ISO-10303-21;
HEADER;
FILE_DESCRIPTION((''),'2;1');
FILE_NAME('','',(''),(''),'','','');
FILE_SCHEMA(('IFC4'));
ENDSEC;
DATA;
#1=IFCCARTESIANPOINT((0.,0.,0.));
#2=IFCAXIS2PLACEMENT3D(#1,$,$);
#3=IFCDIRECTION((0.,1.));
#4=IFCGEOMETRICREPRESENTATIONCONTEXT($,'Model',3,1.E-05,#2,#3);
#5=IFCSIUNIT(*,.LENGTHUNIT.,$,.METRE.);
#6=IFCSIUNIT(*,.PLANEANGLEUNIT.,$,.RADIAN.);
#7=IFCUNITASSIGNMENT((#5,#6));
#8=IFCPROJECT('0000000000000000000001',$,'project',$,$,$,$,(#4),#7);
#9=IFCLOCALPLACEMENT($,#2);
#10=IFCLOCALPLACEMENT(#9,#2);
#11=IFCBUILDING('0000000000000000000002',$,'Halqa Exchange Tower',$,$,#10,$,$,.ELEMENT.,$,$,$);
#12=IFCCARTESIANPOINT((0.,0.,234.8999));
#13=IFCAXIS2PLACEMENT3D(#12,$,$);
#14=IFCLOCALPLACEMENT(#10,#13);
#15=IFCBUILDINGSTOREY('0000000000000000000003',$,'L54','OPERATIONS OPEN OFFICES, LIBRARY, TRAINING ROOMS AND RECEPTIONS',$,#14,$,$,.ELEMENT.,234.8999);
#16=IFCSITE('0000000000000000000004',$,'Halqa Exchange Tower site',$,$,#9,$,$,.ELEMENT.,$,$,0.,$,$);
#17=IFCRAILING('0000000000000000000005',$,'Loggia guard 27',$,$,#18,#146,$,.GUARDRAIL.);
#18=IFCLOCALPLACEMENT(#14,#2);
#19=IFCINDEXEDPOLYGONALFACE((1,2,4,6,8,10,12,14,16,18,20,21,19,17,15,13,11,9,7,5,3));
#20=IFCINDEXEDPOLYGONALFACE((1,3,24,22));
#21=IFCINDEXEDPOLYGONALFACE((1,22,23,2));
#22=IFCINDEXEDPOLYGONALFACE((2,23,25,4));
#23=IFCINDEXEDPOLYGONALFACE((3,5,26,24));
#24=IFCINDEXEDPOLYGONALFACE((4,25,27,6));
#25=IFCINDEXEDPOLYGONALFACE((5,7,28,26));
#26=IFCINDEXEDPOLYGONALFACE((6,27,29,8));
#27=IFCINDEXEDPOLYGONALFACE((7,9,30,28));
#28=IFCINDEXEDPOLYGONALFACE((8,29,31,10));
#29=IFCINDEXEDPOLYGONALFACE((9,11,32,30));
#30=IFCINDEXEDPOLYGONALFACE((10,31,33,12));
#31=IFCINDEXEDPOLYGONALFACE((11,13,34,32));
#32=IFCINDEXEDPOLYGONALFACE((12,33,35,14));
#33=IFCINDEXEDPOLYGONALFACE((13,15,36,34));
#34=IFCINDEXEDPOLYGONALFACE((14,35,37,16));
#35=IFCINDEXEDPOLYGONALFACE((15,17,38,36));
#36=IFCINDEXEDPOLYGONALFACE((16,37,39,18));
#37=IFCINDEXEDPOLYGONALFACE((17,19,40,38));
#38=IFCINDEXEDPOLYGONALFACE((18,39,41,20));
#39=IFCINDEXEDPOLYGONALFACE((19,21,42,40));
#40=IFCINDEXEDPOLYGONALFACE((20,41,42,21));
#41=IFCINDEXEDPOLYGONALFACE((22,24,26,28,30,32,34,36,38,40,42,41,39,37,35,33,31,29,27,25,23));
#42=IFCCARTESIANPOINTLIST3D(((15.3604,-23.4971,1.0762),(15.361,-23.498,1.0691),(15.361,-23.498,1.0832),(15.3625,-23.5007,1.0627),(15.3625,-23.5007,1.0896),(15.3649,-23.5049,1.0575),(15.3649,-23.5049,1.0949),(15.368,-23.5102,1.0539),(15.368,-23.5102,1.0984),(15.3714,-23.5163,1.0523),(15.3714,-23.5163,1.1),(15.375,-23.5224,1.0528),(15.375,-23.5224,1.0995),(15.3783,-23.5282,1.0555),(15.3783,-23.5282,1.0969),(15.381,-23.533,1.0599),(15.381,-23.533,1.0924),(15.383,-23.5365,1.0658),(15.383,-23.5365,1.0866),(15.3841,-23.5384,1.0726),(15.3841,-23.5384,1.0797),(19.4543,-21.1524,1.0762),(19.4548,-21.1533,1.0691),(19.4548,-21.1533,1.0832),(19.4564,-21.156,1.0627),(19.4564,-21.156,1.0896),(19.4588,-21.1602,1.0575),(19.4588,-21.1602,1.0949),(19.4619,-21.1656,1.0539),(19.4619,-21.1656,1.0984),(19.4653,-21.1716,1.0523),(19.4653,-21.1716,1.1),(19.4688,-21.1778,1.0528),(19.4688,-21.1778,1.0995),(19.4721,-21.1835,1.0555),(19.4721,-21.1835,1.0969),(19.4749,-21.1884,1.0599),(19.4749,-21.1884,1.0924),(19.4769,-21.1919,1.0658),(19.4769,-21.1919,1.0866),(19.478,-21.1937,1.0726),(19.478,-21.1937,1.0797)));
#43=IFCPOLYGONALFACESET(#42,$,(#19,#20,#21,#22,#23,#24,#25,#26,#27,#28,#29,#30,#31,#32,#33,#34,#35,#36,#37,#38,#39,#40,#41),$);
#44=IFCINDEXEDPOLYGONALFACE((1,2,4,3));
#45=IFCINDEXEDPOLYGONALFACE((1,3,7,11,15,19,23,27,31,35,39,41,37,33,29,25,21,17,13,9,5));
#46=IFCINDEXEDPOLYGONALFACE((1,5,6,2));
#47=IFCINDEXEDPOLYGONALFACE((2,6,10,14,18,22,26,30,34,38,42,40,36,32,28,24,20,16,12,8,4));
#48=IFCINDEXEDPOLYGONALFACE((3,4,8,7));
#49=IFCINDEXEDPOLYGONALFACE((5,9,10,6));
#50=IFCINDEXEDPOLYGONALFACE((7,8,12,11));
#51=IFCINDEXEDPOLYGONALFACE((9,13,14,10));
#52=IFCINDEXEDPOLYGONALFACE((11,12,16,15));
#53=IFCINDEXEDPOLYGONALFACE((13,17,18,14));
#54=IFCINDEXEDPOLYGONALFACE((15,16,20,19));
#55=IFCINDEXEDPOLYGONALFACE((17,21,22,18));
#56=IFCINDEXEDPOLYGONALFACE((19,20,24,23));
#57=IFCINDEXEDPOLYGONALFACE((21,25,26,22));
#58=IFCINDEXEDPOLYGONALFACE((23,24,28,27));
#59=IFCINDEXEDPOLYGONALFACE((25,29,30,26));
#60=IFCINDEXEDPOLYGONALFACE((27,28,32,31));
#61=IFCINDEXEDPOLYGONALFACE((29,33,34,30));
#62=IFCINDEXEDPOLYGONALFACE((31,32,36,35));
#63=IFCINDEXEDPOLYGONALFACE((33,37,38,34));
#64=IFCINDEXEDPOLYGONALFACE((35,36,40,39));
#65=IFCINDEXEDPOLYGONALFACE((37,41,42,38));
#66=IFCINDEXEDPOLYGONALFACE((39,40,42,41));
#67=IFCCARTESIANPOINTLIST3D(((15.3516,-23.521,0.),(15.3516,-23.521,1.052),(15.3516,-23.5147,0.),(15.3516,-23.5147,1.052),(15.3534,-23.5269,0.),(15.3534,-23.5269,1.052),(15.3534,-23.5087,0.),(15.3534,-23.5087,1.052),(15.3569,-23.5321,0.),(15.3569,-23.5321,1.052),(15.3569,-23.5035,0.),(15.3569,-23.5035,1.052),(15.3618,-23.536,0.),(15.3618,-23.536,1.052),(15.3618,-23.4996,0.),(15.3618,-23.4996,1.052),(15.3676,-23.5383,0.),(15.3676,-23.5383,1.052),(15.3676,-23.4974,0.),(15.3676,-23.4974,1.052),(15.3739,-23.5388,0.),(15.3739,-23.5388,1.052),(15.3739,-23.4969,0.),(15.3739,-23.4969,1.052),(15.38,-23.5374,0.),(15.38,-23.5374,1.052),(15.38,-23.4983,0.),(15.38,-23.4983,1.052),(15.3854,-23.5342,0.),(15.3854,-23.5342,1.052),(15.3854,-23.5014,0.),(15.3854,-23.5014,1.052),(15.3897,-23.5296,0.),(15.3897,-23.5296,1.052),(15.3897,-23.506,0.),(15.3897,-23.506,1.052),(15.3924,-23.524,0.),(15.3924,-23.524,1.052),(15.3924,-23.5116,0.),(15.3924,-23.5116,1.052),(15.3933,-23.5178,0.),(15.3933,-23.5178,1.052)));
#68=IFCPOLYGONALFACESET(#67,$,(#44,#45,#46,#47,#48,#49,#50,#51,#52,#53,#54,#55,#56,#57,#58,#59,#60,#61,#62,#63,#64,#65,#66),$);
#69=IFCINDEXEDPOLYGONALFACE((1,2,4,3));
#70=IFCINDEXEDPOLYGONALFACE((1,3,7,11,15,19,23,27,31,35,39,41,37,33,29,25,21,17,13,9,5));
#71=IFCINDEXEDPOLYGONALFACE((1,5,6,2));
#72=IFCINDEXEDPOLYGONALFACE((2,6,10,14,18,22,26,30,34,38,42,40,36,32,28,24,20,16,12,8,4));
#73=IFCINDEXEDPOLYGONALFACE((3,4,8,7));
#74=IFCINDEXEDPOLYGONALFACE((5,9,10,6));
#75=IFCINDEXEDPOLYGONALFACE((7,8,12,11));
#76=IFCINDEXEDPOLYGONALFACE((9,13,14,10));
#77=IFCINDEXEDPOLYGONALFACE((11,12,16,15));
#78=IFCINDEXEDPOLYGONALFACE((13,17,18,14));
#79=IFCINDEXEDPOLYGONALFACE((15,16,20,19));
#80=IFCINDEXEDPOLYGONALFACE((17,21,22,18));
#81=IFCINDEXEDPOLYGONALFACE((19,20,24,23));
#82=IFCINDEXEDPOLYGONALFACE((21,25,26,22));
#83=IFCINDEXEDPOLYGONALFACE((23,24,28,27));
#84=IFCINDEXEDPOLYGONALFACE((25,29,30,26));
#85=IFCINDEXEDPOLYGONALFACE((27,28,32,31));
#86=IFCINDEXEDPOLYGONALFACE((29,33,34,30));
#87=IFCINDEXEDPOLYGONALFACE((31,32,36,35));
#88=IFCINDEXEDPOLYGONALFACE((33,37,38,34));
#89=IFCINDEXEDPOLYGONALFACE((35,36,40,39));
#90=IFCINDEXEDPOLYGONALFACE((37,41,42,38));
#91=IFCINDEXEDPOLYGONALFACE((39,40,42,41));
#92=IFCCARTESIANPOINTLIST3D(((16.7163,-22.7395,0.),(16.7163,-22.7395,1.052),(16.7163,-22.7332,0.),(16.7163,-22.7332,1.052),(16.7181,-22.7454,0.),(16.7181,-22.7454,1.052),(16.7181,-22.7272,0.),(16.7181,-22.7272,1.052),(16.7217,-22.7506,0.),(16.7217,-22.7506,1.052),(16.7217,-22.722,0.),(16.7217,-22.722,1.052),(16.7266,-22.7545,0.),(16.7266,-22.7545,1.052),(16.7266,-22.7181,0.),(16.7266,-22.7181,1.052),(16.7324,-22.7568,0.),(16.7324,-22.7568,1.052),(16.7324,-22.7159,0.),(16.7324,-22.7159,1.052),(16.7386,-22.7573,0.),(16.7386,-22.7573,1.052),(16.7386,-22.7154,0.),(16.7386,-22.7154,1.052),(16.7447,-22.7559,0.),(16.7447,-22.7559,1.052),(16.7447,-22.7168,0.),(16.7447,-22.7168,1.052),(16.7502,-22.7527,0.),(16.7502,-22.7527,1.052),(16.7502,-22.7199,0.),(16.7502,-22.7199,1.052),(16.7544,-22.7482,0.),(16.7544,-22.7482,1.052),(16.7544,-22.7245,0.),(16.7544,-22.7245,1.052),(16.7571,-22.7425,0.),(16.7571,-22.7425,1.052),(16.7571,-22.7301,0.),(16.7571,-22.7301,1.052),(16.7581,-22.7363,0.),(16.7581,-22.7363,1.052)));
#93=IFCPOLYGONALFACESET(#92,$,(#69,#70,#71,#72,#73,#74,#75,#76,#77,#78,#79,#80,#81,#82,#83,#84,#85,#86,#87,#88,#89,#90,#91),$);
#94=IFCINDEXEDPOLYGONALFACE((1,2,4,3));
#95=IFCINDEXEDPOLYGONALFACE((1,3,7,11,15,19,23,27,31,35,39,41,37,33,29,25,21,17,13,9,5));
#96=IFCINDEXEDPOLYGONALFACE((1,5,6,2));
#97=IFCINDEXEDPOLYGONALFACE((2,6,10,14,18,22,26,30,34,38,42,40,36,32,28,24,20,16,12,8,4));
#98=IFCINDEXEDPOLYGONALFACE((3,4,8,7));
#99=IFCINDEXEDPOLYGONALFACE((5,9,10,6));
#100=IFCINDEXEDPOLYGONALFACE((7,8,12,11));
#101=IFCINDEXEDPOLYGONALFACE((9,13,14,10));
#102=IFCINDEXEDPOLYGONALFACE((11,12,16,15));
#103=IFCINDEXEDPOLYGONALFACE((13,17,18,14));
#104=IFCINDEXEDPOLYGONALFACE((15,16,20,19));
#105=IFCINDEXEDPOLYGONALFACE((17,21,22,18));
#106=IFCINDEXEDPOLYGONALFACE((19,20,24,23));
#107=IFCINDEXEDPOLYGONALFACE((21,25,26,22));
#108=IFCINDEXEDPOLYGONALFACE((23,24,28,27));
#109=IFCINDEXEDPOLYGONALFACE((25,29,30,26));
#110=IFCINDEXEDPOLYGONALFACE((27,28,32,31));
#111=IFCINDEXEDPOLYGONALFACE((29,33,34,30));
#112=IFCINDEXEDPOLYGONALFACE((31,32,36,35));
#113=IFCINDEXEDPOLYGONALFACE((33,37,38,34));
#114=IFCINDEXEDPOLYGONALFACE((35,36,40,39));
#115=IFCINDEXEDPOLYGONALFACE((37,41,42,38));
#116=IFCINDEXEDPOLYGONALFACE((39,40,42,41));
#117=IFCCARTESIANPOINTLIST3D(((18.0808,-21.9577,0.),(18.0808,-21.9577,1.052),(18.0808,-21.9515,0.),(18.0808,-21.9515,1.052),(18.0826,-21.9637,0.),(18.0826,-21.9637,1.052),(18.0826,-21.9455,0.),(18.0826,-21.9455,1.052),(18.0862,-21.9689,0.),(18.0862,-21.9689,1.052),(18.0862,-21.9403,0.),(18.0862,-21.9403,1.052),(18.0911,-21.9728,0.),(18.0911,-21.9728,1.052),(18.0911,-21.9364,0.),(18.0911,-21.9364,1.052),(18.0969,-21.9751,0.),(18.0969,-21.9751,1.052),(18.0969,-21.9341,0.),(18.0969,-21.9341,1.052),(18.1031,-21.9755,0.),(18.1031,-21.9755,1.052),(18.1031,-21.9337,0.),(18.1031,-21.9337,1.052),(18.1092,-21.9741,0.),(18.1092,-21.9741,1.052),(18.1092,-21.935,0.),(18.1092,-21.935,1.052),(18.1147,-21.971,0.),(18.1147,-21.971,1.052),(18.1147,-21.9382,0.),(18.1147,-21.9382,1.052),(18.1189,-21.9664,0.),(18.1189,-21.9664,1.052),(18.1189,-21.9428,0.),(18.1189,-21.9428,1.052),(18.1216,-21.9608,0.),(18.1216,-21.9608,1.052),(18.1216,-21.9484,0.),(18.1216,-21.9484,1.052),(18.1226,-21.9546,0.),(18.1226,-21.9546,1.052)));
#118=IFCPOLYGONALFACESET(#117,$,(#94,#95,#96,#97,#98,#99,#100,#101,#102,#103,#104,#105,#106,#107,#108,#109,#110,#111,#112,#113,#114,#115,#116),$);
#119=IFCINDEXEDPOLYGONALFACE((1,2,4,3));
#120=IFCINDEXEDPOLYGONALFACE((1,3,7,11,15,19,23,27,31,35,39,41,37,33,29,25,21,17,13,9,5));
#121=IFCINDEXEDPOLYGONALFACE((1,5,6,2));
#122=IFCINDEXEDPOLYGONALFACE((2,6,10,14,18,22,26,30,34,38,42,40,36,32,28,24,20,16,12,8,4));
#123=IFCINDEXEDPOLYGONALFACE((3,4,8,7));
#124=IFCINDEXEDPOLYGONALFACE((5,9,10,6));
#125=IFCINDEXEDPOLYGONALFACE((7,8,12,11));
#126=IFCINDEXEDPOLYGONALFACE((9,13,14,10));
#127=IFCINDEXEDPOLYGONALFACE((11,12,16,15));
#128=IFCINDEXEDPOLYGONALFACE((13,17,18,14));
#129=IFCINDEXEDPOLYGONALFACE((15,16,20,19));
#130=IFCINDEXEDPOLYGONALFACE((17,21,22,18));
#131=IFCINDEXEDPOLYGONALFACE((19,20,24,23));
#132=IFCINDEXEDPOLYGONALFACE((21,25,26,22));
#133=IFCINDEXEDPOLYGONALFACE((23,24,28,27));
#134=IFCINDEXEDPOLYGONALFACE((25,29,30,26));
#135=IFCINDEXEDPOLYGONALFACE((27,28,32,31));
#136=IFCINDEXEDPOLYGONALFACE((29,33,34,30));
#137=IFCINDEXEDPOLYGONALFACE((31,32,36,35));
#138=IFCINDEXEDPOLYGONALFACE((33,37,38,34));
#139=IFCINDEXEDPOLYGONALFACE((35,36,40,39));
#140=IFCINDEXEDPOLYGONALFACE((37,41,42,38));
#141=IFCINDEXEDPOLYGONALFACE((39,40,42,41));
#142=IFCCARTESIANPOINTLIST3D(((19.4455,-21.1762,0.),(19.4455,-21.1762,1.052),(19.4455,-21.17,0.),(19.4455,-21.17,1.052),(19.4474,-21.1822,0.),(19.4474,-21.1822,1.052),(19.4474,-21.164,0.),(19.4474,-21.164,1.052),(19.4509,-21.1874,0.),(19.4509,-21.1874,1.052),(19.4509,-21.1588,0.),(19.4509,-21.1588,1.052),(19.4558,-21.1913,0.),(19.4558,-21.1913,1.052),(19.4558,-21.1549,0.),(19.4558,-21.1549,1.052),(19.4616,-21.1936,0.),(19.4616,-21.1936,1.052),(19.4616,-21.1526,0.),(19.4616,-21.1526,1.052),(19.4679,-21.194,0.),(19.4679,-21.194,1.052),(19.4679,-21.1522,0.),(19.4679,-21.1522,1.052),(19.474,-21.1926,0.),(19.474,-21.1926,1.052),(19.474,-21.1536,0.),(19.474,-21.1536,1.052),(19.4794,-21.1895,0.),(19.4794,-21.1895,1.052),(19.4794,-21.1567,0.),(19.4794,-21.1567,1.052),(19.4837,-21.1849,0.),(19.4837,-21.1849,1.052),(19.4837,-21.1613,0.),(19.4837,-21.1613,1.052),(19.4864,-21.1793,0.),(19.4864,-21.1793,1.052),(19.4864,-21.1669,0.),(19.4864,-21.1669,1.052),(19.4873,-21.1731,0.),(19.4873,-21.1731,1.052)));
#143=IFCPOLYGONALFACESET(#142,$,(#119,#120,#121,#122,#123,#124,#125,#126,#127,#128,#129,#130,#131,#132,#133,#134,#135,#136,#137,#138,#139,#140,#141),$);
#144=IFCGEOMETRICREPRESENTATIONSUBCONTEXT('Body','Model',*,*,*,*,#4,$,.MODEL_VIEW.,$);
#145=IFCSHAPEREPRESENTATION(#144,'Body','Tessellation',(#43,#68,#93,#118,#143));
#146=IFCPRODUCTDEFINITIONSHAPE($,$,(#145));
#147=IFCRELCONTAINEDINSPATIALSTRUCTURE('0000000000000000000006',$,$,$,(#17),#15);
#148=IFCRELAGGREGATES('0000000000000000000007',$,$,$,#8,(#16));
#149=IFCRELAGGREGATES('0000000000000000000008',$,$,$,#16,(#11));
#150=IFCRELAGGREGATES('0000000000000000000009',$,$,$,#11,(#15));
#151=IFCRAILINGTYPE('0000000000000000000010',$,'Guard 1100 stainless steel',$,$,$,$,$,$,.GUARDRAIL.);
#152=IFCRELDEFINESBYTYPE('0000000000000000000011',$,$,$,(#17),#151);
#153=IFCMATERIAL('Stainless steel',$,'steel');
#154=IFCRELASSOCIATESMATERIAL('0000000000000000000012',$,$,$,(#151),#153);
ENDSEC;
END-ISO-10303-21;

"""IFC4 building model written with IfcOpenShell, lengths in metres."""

from ifc_helpers import new_model, si_unit, direction, frame, origin, origin_2d, place, context, subcontext, project, spatial, circle, extrude, material, type_object, element, save


model = new_model("IFC4")

# Units and contexts
model_context = context("Model", 3, precision=1e-05, world=origin(), true_north=direction((0.0, 1.0)))
body_context = subcontext(model_context, "Body", "Model", "MODEL_VIEW")
ifc_project = project(units=[si_unit("LENGTHUNIT", "METRE"), si_unit("PLANEANGLEUNIT", "RADIAN")], contexts=[model_context])

# Site, building, storey
site_placement = place(None, origin())
site = spatial("IfcSite", under=ifc_project, at=site_placement, Name="Halqa Exchange Tower site", CompositionType="ELEMENT", RefElevation=0.0)
building_placement = place(site_placement, origin())
building = spatial("IfcBuilding", under=site, at=building_placement, Name="Halqa Exchange Tower", CompositionType="ELEMENT")
storey_placement = place(building_placement, frame((0.0, 0.0, 234.8999)))
storey = spatial("IfcBuildingStorey", under=building, at=storey_placement, Name="L54", Description="OPERATIONS OPEN OFFICES, LIBRARY, TRAINING ROOMS AND RECEPTIONS", CompositionType="ELEMENT", Elevation=234.8999)

# Railing
ifc_material_1 = material(Name="Stainless steel", Category="steel")
railing_type = type_object("IfcRailingType", Name="Guard 1100 stainless steel", PredefinedType="GUARDRAIL", material=ifc_material_1)
railing_1_placement = place(storey_placement, frame((15.3723, -23.5178, 0.0)))
element("IfcRailing", 1, at=railing_1_placement, inside=storey, type_object=railing_type, Name="Loggia guard 27", PredefinedType="GUARDRAIL", context=body_context, shape_type="SweptSolid", body=[
    extrude(circle(Radius=0.0239, at=origin_2d()), frame((0.0, 0.0, 1.0762), z_axis=(0.867759, 0.496986, 0.0), x_axis=(-0.496986, 0.867759, 0.0)), (0.0, 0.0, 1.0), 4.7178),
    extrude(circle(Radius=0.021, at=origin_2d()), origin(), (0.0, 0.0, 1.0), 1.052),
    extrude(circle(Radius=0.021, at=origin_2d()), frame((1.3647, 0.7815, 0.0)), (0.0, 0.0, 1.0), 1.052),
    extrude(circle(Radius=0.021, at=origin_2d()), frame((2.7292, 1.5632, 0.0)), (0.0, 0.0, 1.0), 1.052),
    extrude(circle(Radius=0.021, at=origin_2d()), frame((4.094, 2.3447, 0.0)), (0.0, 0.0, 1.0), 1.052),
])

save(model, "model.ifc")
